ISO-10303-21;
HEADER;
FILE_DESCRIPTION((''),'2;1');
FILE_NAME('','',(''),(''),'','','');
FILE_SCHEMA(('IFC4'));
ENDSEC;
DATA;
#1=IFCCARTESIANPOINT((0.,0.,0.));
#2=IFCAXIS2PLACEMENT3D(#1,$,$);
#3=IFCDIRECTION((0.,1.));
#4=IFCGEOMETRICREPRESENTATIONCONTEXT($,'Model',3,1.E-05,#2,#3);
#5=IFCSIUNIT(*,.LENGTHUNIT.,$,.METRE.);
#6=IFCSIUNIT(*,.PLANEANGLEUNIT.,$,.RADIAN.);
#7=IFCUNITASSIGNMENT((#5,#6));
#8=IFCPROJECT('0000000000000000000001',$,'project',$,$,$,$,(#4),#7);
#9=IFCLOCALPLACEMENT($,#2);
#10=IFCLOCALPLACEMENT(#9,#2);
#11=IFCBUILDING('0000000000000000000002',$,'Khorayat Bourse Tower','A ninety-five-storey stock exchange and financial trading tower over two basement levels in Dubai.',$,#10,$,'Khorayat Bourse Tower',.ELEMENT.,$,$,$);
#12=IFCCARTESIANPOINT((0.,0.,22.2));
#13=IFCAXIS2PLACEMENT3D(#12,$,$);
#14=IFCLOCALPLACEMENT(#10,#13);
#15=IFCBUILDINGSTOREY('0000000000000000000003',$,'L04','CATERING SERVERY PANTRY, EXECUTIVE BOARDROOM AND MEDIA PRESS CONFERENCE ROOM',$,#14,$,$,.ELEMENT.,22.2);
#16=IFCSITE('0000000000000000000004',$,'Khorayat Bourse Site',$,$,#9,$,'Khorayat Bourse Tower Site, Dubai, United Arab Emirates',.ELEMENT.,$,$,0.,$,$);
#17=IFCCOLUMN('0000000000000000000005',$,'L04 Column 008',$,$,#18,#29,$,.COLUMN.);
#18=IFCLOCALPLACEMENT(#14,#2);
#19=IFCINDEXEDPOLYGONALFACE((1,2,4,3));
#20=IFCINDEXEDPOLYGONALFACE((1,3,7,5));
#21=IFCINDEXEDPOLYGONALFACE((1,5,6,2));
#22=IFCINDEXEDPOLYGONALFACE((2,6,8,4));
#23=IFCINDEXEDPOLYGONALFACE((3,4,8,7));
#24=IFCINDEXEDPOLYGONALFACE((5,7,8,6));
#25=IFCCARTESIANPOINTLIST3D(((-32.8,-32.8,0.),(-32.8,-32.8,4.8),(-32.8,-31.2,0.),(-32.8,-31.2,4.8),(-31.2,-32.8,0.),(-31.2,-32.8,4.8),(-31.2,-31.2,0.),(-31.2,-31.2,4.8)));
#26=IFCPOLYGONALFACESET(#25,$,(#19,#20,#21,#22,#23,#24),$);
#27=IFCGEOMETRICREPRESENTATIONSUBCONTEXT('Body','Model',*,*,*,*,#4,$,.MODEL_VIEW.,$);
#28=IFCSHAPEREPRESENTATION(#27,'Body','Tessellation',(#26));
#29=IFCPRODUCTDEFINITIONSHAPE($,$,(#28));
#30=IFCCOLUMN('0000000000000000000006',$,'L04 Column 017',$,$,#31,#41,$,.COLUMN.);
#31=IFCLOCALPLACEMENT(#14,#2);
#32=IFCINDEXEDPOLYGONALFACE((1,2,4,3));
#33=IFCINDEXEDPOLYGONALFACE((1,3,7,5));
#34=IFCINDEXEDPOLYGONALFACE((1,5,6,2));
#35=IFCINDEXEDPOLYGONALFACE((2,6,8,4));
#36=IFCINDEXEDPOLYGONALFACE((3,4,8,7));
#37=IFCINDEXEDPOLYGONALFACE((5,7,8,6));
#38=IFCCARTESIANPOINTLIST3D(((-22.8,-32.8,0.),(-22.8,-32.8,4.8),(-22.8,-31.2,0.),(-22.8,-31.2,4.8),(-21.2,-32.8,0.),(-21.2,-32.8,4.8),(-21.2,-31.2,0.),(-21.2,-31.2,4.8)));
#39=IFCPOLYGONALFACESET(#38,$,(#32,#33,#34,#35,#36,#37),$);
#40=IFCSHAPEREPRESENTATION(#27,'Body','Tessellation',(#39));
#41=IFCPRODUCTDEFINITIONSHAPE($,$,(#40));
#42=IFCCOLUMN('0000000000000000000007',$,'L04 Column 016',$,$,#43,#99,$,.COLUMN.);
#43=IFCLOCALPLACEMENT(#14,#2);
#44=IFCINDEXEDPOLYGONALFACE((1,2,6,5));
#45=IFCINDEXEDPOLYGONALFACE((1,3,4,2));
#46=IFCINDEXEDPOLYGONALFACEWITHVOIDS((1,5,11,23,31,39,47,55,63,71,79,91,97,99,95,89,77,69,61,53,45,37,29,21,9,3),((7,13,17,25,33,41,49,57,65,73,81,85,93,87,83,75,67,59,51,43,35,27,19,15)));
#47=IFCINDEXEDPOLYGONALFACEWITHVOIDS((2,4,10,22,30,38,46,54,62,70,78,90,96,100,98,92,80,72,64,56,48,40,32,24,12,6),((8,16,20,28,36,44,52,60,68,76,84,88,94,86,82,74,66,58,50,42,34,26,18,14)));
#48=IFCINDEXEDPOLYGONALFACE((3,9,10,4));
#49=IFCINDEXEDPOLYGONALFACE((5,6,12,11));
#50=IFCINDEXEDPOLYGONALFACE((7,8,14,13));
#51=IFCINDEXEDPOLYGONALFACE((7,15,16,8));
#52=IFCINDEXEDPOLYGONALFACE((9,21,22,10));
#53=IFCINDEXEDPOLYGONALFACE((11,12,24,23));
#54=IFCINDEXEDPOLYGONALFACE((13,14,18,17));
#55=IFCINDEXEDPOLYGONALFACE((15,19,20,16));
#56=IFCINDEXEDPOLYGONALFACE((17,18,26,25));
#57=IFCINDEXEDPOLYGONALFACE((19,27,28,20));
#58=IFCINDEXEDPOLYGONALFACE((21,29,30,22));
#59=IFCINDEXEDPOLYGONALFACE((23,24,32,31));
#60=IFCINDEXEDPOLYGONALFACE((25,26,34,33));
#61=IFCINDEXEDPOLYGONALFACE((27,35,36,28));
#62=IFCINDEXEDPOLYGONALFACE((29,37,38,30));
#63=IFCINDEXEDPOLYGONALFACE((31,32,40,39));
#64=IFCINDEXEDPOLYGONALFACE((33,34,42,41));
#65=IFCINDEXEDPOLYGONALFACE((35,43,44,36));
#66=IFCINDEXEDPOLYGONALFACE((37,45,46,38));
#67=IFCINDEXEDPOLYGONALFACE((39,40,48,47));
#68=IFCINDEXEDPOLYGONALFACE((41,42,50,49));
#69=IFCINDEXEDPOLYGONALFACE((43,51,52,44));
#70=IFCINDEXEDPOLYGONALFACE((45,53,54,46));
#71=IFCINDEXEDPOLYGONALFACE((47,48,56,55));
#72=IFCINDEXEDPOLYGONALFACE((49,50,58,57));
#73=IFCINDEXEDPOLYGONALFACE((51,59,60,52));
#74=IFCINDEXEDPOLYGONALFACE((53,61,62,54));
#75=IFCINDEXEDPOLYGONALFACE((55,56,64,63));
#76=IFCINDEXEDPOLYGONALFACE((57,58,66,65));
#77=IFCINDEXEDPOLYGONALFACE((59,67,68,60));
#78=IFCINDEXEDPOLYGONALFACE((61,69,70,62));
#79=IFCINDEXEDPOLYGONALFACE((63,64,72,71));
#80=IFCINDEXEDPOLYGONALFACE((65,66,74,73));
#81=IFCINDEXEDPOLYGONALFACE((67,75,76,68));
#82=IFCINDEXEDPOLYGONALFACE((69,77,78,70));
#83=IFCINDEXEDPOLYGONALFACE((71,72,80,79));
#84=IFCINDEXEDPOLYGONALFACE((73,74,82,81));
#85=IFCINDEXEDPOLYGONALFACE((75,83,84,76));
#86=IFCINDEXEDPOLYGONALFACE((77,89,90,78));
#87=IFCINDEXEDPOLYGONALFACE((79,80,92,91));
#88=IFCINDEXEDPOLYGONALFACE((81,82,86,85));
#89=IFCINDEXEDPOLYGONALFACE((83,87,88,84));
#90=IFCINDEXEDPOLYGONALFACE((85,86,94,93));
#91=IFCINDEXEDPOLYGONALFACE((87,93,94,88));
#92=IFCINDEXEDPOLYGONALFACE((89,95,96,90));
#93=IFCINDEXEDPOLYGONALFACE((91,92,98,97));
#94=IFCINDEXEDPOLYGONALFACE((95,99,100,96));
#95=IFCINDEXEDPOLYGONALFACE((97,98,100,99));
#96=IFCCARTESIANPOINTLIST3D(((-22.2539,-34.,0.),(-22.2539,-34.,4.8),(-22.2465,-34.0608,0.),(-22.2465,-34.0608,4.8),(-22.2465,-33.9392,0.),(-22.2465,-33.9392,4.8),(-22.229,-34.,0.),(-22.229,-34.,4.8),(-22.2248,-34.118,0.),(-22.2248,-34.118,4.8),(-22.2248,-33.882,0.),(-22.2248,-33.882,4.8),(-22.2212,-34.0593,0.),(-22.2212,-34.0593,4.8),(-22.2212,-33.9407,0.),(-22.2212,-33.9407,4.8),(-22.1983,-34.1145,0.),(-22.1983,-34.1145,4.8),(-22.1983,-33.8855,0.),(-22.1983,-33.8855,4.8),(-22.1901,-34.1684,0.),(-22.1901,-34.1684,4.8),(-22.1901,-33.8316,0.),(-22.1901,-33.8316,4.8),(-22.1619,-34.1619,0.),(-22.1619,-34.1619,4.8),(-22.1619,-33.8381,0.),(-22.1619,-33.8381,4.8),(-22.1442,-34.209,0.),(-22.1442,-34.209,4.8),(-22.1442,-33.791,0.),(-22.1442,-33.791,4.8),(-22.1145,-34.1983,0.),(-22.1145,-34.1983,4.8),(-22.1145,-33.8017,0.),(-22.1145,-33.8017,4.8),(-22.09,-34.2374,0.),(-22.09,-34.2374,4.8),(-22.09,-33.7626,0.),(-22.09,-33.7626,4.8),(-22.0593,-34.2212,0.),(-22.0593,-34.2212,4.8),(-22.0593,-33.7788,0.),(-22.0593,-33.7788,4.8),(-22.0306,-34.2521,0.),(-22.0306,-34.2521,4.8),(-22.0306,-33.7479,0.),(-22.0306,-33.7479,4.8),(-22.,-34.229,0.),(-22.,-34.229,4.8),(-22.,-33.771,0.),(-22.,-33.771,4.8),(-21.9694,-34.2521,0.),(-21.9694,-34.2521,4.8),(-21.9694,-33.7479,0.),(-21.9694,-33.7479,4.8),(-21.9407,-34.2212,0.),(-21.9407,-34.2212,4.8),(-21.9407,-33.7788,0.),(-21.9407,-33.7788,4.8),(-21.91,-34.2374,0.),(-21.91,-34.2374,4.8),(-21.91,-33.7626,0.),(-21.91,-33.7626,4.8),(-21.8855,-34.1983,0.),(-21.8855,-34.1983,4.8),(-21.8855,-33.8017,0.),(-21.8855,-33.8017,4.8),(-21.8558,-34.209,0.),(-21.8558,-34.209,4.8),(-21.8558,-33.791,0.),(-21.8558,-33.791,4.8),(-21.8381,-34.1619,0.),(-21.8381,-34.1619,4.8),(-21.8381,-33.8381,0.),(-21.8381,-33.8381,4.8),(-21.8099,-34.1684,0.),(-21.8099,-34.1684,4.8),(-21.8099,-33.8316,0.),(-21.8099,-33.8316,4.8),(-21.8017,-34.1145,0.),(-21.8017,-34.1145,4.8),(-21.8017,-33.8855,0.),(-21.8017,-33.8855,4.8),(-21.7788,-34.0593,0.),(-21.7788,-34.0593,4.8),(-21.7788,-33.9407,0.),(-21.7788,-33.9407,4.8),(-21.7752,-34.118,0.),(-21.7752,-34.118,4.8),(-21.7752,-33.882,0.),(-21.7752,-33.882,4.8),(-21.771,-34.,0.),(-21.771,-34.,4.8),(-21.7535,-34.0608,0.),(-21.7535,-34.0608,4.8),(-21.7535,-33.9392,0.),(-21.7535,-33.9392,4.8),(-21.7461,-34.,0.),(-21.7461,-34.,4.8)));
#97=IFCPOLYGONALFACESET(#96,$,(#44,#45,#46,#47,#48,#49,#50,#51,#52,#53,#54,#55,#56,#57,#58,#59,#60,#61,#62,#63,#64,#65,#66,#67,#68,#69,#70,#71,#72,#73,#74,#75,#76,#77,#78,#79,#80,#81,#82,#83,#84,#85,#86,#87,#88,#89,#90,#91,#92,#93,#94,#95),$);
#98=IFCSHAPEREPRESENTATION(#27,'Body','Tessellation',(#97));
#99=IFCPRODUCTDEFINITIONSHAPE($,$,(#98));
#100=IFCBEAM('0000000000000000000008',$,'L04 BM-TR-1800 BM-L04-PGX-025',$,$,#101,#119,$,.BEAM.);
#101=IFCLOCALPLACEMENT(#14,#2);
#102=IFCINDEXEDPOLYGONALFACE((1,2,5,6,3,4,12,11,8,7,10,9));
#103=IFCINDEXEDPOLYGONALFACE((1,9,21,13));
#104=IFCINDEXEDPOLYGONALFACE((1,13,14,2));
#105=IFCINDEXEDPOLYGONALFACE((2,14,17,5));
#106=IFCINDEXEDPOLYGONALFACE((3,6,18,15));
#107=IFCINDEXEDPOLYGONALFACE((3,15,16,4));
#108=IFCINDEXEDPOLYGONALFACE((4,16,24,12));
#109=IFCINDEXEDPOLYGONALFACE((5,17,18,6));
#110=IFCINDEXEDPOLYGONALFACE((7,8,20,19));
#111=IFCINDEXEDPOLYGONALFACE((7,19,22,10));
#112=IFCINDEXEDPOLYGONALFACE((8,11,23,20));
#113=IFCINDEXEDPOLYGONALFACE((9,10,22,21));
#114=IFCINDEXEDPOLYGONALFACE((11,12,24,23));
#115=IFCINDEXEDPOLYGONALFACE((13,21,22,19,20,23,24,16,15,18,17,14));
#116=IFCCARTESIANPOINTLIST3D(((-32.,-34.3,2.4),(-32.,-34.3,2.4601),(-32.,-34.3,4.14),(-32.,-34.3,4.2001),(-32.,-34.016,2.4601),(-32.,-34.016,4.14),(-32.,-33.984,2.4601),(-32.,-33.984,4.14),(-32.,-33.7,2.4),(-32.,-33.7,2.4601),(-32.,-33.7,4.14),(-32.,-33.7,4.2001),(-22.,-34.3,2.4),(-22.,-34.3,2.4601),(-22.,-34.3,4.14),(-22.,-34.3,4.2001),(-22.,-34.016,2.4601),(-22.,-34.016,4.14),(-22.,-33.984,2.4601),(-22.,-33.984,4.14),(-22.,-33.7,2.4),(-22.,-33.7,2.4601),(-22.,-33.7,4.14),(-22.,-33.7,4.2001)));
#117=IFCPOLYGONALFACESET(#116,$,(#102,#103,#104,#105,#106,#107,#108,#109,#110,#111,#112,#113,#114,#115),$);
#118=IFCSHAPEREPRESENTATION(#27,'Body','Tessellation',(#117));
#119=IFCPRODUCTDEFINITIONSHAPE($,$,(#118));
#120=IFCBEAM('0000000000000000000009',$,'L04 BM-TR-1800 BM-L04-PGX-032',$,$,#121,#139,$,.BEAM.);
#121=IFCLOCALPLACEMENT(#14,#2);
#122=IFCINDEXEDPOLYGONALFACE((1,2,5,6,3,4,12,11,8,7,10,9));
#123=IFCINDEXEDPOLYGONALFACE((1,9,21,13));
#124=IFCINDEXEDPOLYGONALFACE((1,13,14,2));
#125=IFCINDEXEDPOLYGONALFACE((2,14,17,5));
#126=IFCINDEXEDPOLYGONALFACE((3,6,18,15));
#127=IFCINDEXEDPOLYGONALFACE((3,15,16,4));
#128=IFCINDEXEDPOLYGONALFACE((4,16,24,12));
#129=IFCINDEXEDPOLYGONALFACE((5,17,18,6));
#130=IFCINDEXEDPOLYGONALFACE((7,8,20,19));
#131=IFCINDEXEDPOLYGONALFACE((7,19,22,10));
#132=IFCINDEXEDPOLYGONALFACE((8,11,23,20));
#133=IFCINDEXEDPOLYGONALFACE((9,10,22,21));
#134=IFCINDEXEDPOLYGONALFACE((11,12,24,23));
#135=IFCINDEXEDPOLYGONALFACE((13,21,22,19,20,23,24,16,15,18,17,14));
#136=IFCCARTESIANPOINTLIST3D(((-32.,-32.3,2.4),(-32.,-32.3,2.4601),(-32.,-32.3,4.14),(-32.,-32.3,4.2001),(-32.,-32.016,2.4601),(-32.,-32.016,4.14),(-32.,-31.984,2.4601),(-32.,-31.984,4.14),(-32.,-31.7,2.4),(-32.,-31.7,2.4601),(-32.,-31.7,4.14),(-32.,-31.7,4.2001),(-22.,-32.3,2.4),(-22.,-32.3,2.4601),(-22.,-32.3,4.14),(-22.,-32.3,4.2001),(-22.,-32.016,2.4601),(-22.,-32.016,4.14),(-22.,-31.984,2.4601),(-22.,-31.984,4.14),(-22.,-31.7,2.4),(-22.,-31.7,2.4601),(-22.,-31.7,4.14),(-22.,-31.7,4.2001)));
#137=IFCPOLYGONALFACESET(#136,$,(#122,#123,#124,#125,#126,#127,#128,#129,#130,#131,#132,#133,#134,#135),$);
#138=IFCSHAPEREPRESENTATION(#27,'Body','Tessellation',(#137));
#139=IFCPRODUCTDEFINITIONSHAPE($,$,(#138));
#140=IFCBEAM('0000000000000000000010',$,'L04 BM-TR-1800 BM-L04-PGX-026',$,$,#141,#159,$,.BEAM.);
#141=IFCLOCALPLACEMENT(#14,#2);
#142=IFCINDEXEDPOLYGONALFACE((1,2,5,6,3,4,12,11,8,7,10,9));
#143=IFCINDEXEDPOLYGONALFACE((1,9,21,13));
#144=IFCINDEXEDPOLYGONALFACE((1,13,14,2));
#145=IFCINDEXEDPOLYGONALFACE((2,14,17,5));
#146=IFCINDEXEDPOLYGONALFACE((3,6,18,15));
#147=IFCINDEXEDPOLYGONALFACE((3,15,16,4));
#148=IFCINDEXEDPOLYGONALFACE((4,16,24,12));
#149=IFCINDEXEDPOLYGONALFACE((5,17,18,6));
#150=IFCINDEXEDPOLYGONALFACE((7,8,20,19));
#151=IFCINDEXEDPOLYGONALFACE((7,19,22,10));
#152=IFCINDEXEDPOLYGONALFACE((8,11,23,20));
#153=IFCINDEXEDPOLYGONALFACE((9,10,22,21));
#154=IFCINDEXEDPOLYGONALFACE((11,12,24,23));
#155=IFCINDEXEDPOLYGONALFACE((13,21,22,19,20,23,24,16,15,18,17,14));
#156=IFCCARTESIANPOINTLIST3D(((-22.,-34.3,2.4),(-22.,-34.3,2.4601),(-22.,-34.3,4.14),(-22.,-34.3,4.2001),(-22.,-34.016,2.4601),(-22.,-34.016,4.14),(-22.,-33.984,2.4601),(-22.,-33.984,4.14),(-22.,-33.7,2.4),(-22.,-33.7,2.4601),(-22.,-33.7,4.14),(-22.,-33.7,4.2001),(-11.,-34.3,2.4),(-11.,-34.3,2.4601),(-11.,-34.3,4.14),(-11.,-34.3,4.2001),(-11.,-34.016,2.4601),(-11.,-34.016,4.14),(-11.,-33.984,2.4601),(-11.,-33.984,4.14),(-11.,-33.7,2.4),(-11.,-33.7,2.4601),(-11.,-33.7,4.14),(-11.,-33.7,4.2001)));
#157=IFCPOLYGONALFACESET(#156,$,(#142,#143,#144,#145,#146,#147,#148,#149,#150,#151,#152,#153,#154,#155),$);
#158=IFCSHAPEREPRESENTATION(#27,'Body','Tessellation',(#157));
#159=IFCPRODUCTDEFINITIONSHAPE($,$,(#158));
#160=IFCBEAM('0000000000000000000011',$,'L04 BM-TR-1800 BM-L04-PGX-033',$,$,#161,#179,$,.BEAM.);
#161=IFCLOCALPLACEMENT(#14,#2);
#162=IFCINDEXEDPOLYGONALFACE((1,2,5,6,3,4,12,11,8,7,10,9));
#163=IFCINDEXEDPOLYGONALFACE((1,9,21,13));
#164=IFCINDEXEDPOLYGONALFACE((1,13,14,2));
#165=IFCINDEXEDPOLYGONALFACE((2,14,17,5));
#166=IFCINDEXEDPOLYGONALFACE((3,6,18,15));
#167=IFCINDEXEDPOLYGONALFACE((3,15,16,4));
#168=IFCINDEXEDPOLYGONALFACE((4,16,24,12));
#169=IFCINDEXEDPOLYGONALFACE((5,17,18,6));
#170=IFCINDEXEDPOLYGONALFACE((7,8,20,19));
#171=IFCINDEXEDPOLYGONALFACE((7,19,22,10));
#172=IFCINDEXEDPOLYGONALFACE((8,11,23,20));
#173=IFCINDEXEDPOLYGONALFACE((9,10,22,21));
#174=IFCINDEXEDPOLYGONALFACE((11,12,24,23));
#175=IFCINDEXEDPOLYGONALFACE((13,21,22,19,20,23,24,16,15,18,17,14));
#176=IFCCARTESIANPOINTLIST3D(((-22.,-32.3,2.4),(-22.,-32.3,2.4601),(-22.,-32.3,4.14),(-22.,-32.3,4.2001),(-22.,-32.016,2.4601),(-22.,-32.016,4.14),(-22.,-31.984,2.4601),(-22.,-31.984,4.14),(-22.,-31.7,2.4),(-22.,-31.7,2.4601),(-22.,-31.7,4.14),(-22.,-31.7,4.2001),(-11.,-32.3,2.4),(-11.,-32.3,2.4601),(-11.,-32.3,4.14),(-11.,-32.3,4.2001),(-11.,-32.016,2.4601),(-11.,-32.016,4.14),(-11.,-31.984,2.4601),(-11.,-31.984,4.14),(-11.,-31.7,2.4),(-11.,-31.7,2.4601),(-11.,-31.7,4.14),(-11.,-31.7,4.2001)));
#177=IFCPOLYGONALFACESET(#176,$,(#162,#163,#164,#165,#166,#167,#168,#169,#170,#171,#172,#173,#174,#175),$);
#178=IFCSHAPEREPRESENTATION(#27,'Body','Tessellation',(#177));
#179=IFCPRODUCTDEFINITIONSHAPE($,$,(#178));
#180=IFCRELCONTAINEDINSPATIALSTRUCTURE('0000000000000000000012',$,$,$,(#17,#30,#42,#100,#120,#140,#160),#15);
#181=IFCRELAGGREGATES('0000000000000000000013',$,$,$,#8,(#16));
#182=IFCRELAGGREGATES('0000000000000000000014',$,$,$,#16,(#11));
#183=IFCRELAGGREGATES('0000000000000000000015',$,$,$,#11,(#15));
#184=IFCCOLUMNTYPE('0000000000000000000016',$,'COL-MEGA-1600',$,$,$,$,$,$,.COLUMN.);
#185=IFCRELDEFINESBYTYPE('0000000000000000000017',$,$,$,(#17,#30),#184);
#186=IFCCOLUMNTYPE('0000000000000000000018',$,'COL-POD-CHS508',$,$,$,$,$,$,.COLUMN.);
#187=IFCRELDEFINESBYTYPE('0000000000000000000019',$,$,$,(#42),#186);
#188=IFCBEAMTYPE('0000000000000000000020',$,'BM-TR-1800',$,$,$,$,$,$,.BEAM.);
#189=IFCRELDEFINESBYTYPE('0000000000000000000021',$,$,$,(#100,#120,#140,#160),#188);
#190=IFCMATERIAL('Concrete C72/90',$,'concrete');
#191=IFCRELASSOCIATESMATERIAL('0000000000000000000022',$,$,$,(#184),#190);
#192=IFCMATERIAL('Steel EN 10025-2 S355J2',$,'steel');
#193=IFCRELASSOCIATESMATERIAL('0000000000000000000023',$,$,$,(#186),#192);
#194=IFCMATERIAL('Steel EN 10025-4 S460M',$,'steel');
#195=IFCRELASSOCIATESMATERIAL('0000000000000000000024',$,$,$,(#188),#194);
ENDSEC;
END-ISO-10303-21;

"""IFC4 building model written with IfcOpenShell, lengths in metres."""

from ifc_helpers import new_model, si_unit, direction, frame, origin, origin_2d, place, context, subcontext, project, spatial, rectangle, hollow_circle, i_section, extrude, source, transform, mapped, material, material_profile, profile_set, type_object, element, save


model = new_model("IFC4")

# Units and contexts
model_context = context("Model", 3, precision=1e-05, world=origin(), true_north=direction((0.0, 1.0)))
body_context = subcontext(model_context, "Body", "Model", "MODEL_VIEW")
ifc_project = project(units=[si_unit("LENGTHUNIT", "METRE"), si_unit("PLANEANGLEUNIT", "RADIAN")], contexts=[model_context])

# Site, building, storey
site_placement = place(None, origin())
site = spatial("IfcSite", under=ifc_project, at=site_placement, Name="Khorayat Bourse Site", LongName="Khorayat Bourse Tower Site, Dubai, United Arab Emirates", CompositionType="ELEMENT", RefElevation=0.0)
building_placement = place(site_placement, origin())
building = spatial("IfcBuilding", under=site, at=building_placement, Name="Khorayat Bourse Tower", Description="A ninety-five-storey stock exchange and financial trading tower over two basement levels in Dubai.", LongName="Khorayat Bourse Tower", CompositionType="ELEMENT")
storey_placement = place(building_placement, frame((0.0, 0.0, 22.2)))
storey = spatial("IfcBuildingStorey", under=building, at=storey_placement, Name="L04", Description="CATERING SERVERY PANTRY, EXECUTIVE BOARDROOM AND MEDIA PRESS CONFERENCE ROOM", CompositionType="ELEMENT", Elevation=22.2)

# Columns
ifc_material_1 = material(Name="Concrete C72/90", Category="concrete")
ifc_material_profile_1 = material_profile(ifc_material_1, rectangle(XDim=1.6001, YDim=1.6001, at=origin_2d()), Name="RC 1600x1600")
ifc_profile_set_1 = profile_set([ifc_material_profile_1], Name="Concrete C72/90")
column_type_1 = type_object("IfcColumnType", Name="COL-MEGA-1600", PredefinedType="COLUMN", material=ifc_profile_set_1)
shared_shape_1 = source(origin(), body_context, "Body", "SweptSolid", [
    extrude(rectangle(XDim=1.6001, YDim=1.6001, at=origin_2d()), origin(), (0.0, 0.0, 1.0), 4.8),
])
for number, where, z_axis, x_axis, name in (
    (1, (-32.0, -32.0, 0.0), (0.0, 0.0, 1.0), (1.0, 0.0, 0.0), "L04 Column 008"),
    (2, (-22.0, -32.0, 0.0), (0.0, 0.0, 1.0), (1.0, 0.0, 0.0), "L04 Column 017"),
):
    element("IfcColumn", number, at=place(storey_placement, frame(where, z_axis=z_axis, x_axis=x_axis)), inside=storey, type_object=column_type_1, Name=name, PredefinedType="COLUMN", context=body_context, shape_type="MappedRepresentation", body=[
        mapped(shared_shape_1, transform((0.0, 0.0, 0.0), scale=1.0)),
    ])
ifc_material_2 = material(Name="Steel EN 10025-2 S355J2", Category="steel")
ifc_material_profile_2 = material_profile(ifc_material_2, hollow_circle(Radius=0.2539, WallThickness=0.0249, at=origin_2d()), Name="CHS 508x25")
ifc_profile_set_2 = profile_set([ifc_material_profile_2], Name="Steel EN 10025-2 S355J2")
column_type_2 = type_object("IfcColumnType", Name="COL-POD-CHS508", PredefinedType="COLUMN", material=ifc_profile_set_2)
shared_shape_2 = source(origin(), body_context, "Body", "SweptSolid", [
    extrude(hollow_circle(Radius=0.2539, WallThickness=0.0249, at=origin_2d()), origin(), (0.0, 0.0, 1.0), 4.8),
])
column_placement = place(storey_placement, frame((-22.0, -34.0, 0.0), z_axis=(0.0, 0.0, 1.0), x_axis=(1.0, 0.0, 0.0)))
element("IfcColumn", 3, at=column_placement, inside=storey, type_object=column_type_2, Name="L04 Column 016", PredefinedType="COLUMN", context=body_context, shape_type="MappedRepresentation", body=[
    mapped(shared_shape_2, transform((0.0, 0.0, 0.0), scale=1.0)),
])

# Beams
ifc_material_3 = material(Name="Steel EN 10025-4 S460M", Category="steel")
ifc_material_profile_3 = material_profile(ifc_material_3, i_section(OverallWidth=0.6001, OverallDepth=1.8, WebThickness=0.032, FlangeThickness=0.0601, at=origin_2d()), Name="PG 1800x600x32x60")
ifc_profile_set_3 = profile_set([ifc_material_profile_3], Name="Steel EN 10025-4 S460M")
beam_type_1 = type_object("IfcBeamType", Name="BM-TR-1800", PredefinedType="BEAM", material=ifc_profile_set_3)
shared_shape_3 = source(origin(), body_context, "Body", "SweptSolid", [
    extrude(i_section(OverallWidth=0.6001, OverallDepth=1.8, WebThickness=0.032, FlangeThickness=0.0601, at=origin_2d()), origin(), (0.0, 0.0, 1.0), 10.0),
])
for number, where, z_axis, x_axis, name in (
    (4, (-32.0, -34.0, 3.3), (1.0, 0.0, 0.0), (0.0, 1.0, 0.0), "L04 BM-TR-1800 BM-L04-PGX-025"),
    (5, (-32.0, -32.0, 3.3), (1.0, 0.0, 0.0), (0.0, 1.0, 0.0), "L04 BM-TR-1800 BM-L04-PGX-032"),
):
    element("IfcBeam", number, at=place(storey_placement, frame(where, z_axis=z_axis, x_axis=x_axis)), inside=storey, type_object=beam_type_1, Name=name, PredefinedType="BEAM", context=body_context, shape_type="MappedRepresentation", body=[
        mapped(shared_shape_3, transform((0.0, 0.0, 0.0), scale=1.0)),
    ])
shared_shape_4 = source(origin(), body_context, "Body", "SweptSolid", [
    extrude(i_section(OverallWidth=0.6001, OverallDepth=1.8, WebThickness=0.032, FlangeThickness=0.0601, at=origin_2d()), origin(), (0.0, 0.0, 1.0), 11.0),
])
for number, where, z_axis, x_axis, name in (
    (6, (-22.0, -34.0, 3.3), (1.0, 0.0, 0.0), (0.0, 1.0, 0.0), "L04 BM-TR-1800 BM-L04-PGX-026"),
    (7, (-22.0, -32.0, 3.3), (1.0, 0.0, 0.0), (0.0, 1.0, 0.0), "L04 BM-TR-1800 BM-L04-PGX-033"),
):
    element("IfcBeam", number, at=place(storey_placement, frame(where, z_axis=z_axis, x_axis=x_axis)), inside=storey, type_object=beam_type_1, Name=name, PredefinedType="BEAM", context=body_context, shape_type="MappedRepresentation", body=[
        mapped(shared_shape_4, transform((0.0, 0.0, 0.0), scale=1.0)),
    ])

save(model, "model.ifc")
